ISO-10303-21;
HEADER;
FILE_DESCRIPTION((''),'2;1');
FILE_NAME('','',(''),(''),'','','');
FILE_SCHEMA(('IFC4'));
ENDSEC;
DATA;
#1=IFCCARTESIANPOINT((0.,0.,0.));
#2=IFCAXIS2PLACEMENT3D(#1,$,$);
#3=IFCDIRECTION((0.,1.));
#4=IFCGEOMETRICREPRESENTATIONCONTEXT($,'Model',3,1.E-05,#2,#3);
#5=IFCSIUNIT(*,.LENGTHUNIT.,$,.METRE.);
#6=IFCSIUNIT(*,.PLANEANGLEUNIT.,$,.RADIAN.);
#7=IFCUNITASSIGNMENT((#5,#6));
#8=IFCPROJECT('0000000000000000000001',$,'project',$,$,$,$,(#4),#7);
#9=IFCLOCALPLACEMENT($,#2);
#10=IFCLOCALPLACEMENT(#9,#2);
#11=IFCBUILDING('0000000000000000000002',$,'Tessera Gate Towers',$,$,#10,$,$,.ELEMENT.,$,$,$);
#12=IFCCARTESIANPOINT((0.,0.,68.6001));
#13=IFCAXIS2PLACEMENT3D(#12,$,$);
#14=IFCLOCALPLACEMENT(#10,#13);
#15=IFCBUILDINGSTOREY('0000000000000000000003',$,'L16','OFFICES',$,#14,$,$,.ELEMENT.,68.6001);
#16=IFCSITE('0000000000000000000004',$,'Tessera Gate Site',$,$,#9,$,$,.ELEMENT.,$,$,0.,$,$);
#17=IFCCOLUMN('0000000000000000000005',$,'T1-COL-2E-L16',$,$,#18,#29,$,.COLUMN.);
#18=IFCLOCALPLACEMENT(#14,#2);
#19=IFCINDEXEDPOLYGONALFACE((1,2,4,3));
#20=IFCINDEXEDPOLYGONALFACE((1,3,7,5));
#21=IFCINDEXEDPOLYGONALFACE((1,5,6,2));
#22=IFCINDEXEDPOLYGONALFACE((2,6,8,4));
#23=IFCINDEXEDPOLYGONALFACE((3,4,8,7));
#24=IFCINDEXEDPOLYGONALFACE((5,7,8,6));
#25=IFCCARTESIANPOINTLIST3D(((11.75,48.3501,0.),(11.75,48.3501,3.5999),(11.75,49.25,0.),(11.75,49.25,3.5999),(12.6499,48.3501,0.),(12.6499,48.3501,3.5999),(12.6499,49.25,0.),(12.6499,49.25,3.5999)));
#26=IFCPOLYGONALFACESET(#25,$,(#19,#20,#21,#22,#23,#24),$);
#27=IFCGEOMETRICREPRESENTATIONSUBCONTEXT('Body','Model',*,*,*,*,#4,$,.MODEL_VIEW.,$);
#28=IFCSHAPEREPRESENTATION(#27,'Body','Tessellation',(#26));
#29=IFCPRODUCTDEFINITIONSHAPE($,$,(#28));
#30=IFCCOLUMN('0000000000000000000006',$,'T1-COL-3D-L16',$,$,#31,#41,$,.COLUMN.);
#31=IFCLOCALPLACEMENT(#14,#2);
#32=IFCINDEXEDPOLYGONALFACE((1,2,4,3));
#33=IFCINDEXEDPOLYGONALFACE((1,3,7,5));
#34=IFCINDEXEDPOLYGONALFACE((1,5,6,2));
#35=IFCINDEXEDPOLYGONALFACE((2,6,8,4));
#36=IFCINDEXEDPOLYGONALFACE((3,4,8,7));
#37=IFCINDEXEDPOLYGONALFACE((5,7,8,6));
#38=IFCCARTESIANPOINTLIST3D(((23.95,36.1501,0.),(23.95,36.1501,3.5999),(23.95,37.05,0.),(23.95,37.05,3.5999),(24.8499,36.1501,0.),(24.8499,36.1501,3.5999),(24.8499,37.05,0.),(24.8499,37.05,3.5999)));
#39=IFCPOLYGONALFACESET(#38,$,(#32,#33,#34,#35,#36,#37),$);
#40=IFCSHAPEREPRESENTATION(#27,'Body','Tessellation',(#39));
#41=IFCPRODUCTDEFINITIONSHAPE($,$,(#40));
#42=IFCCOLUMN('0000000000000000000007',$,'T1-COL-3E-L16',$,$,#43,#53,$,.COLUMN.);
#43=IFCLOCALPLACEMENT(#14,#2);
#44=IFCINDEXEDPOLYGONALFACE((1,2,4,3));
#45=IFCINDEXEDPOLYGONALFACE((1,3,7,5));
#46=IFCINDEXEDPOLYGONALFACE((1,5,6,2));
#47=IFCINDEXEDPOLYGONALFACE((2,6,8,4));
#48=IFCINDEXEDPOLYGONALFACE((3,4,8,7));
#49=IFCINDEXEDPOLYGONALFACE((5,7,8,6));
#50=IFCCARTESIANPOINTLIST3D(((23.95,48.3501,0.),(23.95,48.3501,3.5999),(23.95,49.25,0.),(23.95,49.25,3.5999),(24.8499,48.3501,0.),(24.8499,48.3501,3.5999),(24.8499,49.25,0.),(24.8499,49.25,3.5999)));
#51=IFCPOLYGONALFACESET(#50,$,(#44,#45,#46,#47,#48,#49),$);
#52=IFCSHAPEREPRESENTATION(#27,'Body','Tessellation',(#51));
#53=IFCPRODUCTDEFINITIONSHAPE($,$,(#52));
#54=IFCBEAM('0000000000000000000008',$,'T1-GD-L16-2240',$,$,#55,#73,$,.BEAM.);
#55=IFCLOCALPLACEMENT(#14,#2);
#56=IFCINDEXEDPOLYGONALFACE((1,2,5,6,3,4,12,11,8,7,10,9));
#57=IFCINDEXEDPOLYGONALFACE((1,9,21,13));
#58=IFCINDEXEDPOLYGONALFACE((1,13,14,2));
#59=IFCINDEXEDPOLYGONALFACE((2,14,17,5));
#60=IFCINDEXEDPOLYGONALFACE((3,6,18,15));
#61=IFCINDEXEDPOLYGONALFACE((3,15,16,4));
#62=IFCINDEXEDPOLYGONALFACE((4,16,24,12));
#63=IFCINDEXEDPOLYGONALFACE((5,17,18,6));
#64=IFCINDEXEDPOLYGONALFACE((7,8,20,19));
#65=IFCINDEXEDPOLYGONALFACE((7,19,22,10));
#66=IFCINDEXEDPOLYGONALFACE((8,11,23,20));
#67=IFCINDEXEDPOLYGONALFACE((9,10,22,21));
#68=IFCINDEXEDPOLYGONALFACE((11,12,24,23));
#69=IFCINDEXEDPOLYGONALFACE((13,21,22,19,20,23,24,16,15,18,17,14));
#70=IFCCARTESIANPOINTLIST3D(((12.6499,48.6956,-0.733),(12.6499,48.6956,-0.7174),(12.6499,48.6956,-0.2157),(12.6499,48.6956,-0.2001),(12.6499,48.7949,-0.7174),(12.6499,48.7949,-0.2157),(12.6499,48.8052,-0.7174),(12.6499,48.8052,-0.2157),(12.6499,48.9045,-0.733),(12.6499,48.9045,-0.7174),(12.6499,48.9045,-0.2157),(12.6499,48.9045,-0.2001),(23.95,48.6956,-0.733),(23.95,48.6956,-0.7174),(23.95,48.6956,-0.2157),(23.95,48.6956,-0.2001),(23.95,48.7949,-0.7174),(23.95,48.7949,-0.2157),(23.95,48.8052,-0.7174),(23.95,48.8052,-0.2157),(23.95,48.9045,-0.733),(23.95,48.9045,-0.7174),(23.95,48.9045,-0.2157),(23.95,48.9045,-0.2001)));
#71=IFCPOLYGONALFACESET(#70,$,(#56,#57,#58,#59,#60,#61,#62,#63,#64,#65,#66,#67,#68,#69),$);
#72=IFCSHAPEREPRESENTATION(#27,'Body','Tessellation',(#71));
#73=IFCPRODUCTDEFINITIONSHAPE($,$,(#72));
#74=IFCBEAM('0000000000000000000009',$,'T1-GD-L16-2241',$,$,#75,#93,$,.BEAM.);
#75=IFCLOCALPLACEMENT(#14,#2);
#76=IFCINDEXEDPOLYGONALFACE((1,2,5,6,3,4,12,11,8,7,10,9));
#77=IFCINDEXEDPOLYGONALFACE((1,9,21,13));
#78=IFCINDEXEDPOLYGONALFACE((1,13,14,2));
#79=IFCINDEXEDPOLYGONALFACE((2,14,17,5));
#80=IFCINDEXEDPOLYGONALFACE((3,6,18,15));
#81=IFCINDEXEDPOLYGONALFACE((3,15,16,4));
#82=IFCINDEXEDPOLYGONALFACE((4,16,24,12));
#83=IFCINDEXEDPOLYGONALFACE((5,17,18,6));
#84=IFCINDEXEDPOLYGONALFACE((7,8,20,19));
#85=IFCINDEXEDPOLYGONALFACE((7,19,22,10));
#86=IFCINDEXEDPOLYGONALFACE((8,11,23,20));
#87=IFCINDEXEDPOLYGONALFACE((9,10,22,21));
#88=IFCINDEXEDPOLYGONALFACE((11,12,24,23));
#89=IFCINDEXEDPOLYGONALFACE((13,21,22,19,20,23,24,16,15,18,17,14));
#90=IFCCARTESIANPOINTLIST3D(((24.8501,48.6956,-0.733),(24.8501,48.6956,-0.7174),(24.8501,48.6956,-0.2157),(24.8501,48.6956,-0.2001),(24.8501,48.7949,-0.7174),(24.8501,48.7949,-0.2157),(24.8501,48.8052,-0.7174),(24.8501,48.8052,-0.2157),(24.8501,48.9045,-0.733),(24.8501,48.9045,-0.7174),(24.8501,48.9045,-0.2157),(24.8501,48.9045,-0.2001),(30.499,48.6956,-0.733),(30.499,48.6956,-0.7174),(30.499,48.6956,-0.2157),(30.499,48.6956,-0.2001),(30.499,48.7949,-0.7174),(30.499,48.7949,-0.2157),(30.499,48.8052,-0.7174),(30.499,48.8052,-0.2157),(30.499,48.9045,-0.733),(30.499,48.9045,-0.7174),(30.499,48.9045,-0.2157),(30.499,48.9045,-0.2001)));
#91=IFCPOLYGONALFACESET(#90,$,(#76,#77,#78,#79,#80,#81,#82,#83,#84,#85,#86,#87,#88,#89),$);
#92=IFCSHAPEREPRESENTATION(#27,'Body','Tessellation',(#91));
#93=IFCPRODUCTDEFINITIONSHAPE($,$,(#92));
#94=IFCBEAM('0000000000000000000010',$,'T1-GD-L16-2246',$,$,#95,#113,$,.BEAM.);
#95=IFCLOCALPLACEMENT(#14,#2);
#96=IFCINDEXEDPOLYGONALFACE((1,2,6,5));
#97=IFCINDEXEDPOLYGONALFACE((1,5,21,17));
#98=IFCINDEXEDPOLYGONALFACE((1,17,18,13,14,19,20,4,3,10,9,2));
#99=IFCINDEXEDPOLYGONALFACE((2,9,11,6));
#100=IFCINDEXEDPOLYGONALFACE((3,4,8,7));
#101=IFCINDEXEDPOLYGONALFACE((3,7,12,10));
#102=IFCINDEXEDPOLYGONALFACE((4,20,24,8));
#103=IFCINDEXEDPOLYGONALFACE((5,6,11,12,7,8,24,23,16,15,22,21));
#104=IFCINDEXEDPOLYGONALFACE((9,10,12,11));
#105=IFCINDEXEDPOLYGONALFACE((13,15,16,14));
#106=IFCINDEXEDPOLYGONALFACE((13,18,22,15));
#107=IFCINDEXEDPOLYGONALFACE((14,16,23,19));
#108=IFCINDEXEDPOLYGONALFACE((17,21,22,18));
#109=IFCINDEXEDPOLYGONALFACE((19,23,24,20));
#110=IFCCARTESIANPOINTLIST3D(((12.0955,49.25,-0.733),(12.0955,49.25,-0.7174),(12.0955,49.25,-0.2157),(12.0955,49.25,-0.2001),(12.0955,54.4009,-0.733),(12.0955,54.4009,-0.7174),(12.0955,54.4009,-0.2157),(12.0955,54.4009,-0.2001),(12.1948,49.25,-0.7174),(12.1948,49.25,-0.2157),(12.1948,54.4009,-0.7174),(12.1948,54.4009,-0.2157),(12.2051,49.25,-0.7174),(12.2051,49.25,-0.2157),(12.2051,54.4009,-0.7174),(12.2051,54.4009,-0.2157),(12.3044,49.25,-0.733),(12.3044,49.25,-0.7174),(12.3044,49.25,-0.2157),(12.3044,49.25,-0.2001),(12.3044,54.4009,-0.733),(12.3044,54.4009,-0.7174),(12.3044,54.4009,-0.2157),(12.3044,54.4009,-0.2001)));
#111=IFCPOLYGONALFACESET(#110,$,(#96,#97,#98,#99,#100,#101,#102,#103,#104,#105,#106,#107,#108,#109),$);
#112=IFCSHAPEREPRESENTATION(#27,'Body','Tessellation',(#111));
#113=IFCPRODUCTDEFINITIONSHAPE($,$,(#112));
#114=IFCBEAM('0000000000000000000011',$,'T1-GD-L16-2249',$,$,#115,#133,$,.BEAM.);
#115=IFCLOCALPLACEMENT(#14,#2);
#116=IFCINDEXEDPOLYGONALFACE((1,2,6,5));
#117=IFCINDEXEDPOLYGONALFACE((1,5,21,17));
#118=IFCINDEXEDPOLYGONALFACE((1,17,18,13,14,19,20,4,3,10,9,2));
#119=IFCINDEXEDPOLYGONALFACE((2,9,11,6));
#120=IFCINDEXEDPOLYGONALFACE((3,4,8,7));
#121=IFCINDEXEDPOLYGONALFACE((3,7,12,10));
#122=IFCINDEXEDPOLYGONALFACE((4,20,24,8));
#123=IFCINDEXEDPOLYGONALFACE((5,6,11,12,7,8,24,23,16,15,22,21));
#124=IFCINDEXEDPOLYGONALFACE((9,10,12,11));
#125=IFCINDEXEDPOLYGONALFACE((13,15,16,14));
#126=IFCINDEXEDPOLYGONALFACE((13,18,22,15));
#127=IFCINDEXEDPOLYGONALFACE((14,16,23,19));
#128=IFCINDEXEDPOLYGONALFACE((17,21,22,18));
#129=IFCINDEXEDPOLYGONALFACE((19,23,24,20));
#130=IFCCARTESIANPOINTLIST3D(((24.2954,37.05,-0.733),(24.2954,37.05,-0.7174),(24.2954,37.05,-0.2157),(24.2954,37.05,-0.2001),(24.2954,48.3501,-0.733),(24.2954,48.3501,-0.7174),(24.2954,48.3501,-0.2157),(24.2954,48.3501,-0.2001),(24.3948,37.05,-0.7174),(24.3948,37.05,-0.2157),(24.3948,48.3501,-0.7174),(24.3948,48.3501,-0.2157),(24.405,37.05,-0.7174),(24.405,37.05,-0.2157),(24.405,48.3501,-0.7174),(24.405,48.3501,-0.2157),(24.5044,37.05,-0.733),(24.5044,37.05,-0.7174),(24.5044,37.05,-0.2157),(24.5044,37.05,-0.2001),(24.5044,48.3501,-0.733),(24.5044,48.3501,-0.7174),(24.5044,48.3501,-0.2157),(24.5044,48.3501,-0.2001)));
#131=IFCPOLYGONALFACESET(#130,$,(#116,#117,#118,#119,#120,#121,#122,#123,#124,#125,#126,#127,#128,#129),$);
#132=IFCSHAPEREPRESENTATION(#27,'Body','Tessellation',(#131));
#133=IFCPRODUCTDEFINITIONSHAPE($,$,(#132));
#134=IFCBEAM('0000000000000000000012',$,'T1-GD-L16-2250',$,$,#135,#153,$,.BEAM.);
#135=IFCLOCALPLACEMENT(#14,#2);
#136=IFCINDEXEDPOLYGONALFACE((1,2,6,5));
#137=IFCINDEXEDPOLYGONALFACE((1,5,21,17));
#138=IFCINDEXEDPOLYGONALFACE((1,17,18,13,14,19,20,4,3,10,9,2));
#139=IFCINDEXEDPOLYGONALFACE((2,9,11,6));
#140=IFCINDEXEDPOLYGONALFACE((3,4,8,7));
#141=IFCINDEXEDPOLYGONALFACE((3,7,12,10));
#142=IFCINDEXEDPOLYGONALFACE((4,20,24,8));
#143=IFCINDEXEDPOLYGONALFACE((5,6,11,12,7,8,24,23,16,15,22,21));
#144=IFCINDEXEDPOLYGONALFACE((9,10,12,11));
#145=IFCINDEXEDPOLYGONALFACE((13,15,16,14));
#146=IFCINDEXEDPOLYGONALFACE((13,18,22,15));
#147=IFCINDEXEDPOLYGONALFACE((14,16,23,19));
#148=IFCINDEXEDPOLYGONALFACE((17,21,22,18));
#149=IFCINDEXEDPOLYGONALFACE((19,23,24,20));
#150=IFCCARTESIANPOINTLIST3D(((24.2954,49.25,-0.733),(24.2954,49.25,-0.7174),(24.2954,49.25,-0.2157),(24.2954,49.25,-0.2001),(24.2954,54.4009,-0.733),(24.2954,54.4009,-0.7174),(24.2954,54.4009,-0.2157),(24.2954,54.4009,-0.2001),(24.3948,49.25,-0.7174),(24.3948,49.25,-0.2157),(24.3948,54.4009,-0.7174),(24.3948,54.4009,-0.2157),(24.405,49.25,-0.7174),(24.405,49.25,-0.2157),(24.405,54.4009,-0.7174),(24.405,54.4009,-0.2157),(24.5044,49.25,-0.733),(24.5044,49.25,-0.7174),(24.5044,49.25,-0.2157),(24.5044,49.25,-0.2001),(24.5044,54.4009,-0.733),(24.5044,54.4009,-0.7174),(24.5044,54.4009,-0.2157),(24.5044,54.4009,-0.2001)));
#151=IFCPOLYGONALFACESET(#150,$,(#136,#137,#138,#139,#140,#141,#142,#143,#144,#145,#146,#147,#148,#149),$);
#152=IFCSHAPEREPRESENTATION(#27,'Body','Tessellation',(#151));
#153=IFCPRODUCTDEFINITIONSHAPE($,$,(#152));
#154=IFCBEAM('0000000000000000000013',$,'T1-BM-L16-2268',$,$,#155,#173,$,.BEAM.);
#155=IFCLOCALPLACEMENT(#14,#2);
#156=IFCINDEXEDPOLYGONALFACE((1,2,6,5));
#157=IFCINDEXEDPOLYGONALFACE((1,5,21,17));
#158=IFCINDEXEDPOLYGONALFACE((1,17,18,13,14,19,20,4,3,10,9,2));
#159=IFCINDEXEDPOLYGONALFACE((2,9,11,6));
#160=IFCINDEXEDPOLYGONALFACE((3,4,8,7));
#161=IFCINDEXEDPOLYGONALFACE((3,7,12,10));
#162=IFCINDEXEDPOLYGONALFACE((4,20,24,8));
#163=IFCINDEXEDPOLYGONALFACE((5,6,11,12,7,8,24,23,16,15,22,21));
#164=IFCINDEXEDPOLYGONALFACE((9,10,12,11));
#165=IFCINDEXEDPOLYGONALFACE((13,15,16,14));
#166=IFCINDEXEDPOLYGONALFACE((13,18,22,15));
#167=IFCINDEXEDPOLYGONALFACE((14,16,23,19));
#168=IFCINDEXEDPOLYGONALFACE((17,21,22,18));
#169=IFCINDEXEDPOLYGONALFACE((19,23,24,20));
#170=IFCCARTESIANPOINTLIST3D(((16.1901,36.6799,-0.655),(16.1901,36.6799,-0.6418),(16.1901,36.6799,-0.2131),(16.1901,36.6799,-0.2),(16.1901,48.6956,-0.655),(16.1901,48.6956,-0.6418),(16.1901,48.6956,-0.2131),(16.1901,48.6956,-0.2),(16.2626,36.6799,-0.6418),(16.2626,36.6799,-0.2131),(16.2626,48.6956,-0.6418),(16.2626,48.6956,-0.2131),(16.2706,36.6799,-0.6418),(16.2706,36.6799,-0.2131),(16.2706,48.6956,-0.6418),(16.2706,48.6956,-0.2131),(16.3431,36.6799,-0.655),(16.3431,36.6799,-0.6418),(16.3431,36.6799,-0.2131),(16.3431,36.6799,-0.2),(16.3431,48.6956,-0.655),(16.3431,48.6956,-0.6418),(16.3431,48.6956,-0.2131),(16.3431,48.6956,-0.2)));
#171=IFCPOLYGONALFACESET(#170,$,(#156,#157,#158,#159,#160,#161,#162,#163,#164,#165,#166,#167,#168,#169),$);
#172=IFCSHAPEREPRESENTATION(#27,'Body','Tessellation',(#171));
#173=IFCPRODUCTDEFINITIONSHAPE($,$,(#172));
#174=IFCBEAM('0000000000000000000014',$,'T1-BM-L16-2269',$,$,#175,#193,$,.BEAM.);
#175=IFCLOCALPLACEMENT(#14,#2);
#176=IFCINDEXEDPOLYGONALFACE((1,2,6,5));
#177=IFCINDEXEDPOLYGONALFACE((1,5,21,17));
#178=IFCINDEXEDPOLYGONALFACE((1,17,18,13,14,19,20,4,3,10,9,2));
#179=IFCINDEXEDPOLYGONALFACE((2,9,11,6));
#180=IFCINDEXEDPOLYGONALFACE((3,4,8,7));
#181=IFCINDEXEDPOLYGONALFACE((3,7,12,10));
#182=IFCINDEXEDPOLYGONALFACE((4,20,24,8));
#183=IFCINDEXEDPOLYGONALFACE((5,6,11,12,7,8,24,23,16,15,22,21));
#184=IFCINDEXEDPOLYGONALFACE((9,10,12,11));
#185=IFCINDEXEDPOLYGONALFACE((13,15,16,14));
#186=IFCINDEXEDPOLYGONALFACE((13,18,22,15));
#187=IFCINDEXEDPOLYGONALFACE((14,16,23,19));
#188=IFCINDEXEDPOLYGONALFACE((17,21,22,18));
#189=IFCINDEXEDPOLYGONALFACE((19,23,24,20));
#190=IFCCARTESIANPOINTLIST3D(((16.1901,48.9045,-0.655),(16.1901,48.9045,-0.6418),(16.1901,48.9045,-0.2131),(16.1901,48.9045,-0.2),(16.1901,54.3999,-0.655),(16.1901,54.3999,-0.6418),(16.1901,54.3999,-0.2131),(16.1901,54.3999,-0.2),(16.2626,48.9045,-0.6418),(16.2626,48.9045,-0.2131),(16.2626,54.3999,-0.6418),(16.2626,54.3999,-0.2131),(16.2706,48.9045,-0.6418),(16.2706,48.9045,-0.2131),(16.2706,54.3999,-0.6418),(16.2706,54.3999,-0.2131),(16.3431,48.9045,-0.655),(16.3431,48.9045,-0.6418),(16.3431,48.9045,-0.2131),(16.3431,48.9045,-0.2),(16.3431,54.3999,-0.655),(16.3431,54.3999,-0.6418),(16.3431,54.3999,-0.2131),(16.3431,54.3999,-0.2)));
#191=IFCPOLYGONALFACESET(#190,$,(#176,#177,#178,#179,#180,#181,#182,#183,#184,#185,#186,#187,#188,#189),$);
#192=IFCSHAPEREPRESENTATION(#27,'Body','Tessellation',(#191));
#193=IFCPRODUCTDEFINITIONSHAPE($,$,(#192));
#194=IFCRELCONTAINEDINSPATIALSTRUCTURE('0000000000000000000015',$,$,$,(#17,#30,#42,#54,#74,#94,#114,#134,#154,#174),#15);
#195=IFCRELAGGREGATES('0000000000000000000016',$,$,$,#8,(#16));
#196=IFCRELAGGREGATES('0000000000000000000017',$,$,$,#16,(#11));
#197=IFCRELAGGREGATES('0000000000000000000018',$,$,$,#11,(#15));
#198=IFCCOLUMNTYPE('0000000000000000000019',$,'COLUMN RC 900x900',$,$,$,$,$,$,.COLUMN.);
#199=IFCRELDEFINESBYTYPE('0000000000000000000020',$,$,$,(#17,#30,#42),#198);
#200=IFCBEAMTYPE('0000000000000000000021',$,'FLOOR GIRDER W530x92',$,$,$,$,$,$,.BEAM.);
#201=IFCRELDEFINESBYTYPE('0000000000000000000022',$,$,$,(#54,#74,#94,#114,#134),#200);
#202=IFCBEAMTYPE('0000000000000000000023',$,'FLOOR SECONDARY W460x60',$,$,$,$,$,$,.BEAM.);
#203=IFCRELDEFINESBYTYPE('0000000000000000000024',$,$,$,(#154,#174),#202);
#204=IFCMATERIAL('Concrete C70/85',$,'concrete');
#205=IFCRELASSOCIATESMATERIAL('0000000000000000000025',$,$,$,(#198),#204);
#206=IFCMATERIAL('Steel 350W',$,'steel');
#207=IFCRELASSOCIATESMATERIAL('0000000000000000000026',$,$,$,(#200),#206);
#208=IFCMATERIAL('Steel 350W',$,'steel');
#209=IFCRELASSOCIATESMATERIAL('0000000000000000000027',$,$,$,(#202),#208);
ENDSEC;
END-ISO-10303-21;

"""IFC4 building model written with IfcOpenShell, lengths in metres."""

from ifc_helpers import new_model, si_unit, direction, frame, origin, origin_2d, place, context, subcontext, project, spatial, rectangle, i_section, extrude, material, material_profile, profile_set, type_object, element, save


model = new_model("IFC4")

# Units and contexts
model_context = context("Model", 3, precision=1e-05, world=origin(), true_north=direction((0.0, 1.0)))
body_context = subcontext(model_context, "Body", "Model", "MODEL_VIEW")
ifc_project = project(units=[si_unit("LENGTHUNIT", "METRE"), si_unit("PLANEANGLEUNIT", "RADIAN")], contexts=[model_context])

# Site, building, storey
site_placement = place(None, origin())
site = spatial("IfcSite", under=ifc_project, at=site_placement, Name="Tessera Gate Site", CompositionType="ELEMENT", RefElevation=0.0)
building_placement = place(site_placement, origin())
building = spatial("IfcBuilding", under=site, at=building_placement, Name="Tessera Gate Towers", CompositionType="ELEMENT")
storey_placement = place(building_placement, frame((0.0, 0.0, 68.6001)))
storey = spatial("IfcBuildingStorey", under=building, at=storey_placement, Name="L16", Description="OFFICES", CompositionType="ELEMENT", Elevation=68.6001)

# Columns
ifc_material_1 = material(Name="Concrete C70/85", Category="concrete")
ifc_material_profile_1 = material_profile(ifc_material_1, rectangle(XDim=0.8999, YDim=0.8999, at=origin_2d()), Name="RC 900x900")
ifc_profile_set_1 = profile_set([ifc_material_profile_1], Name="Concrete C70/85")
column_type = type_object("IfcColumnType", Name="COLUMN RC 900x900", PredefinedType="COLUMN", material=ifc_profile_set_1)
for number, where, z_axis, x_axis, name in (
    (1, (12.2, 48.8, 0.0), (0.0, 0.0, 1.0), (1.0, 0.0, 0.0), "T1-COL-2E-L16"),
    (2, (24.3999, 36.6001, 0.0), (0.0, 0.0, 1.0), (1.0, 0.0, 0.0), "T1-COL-3D-L16"),
    (3, (24.3999, 48.8, 0.0), (0.0, 0.0, 1.0), (1.0, 0.0, 0.0), "T1-COL-3E-L16"),
):
    element("IfcColumn", number, at=place(storey_placement, frame(where, z_axis=z_axis, x_axis=x_axis)), inside=storey, type_object=column_type, Name=name, PredefinedType="COLUMN", context=body_context, shape_type="SweptSolid", body=[
        extrude(rectangle(XDim=0.8999, YDim=0.8999, at=origin_2d()), origin(), (0.0, 0.0, 1.0), 3.5999),
    ])

# Beams
ifc_material_2 = material(Name="Steel 350W", Category="steel")
ifc_material_profile_2 = material_profile(ifc_material_2, i_section(OverallWidth=0.209, OverallDepth=0.533, WebThickness=0.0103, FlangeThickness=0.0156, at=origin_2d()), Name="W530x92")
ifc_profile_set_2 = profile_set([ifc_material_profile_2], Name="Steel 350W")
beam_type_1 = type_object("IfcBeamType", Name="FLOOR GIRDER W530x92", PredefinedType="BEAM", material=ifc_profile_set_2)
beam_1_placement = place(storey_placement, frame((12.6499, 48.8, -0.4666), z_axis=(1.0, 0.0, 0.0), x_axis=(0.0, 1.0, 0.0)))
element("IfcBeam", 4, at=beam_1_placement, inside=storey, type_object=beam_type_1, Name="T1-GD-L16-2240", PredefinedType="BEAM", context=body_context, shape_type="SweptSolid", body=[
    extrude(i_section(OverallWidth=0.209, OverallDepth=0.533, WebThickness=0.0103, FlangeThickness=0.0156, at=origin_2d()), origin(), (0.0, 0.0, 1.0), 11.3),
])
beam_2_placement = place(storey_placement, frame((24.8501, 48.8, -0.4666), z_axis=(1.0, 0.0, 0.0), x_axis=(0.0, 1.0, 0.0)))
element("IfcBeam", 5, at=beam_2_placement, inside=storey, type_object=beam_type_1, Name="T1-GD-L16-2241", PredefinedType="BEAM", context=body_context, shape_type="SweptSolid", body=[
    extrude(i_section(OverallWidth=0.209, OverallDepth=0.533, WebThickness=0.0103, FlangeThickness=0.0156, at=origin_2d()), origin(), (0.0, 0.0, 1.0), 5.6489),
])
beam_3_placement = place(storey_placement, frame((12.2, 49.25, -0.4666), z_axis=(0.0, 1.0, 0.0), x_axis=(-1.0, 0.0, 0.0)))
element("IfcBeam", 6, at=beam_3_placement, inside=storey, type_object=beam_type_1, Name="T1-GD-L16-2246", PredefinedType="BEAM", context=body_context, shape_type="SweptSolid", body=[
    extrude(i_section(OverallWidth=0.209, OverallDepth=0.533, WebThickness=0.0103, FlangeThickness=0.0156, at=origin_2d()), origin(), (0.0, 0.0, 1.0), 5.1509),
])
beam_4_placement = place(storey_placement, frame((24.3999, 37.05, -0.4666), z_axis=(0.0, 1.0, 0.0), x_axis=(-1.0, 0.0, 0.0)))
element("IfcBeam", 7, at=beam_4_placement, inside=storey, type_object=beam_type_1, Name="T1-GD-L16-2249", PredefinedType="BEAM", context=body_context, shape_type="SweptSolid", body=[
    extrude(i_section(OverallWidth=0.209, OverallDepth=0.533, WebThickness=0.0103, FlangeThickness=0.0156, at=origin_2d()), origin(), (0.0, 0.0, 1.0), 11.3),
])
beam_5_placement = place(storey_placement, frame((24.3999, 49.25, -0.4666), z_axis=(0.0, 1.0, 0.0), x_axis=(-1.0, 0.0, 0.0)))
element("IfcBeam", 8, at=beam_5_placement, inside=storey, type_object=beam_type_1, Name="T1-GD-L16-2250", PredefinedType="BEAM", context=body_context, shape_type="SweptSolid", body=[
    extrude(i_section(OverallWidth=0.209, OverallDepth=0.533, WebThickness=0.0103, FlangeThickness=0.0156, at=origin_2d()), origin(), (0.0, 0.0, 1.0), 5.1509),
])
ifc_material_3 = material(Name="Steel 350W", Category="steel")
ifc_material_profile_3 = material_profile(ifc_material_3, i_section(OverallWidth=0.1531, OverallDepth=0.4551, WebThickness=0.0081, FlangeThickness=0.0132, at=origin_2d()), Name="W460x60")
ifc_profile_set_3 = profile_set([ifc_material_profile_3], Name="Steel 350W")
beam_type_2 = type_object("IfcBeamType", Name="FLOOR SECONDARY W460x60", PredefinedType="BEAM", material=ifc_profile_set_3)
beam_6_placement = place(storey_placement, frame((16.2666, 36.6799, -0.4275), z_axis=(0.0, 1.0, 0.0), x_axis=(-1.0, 0.0, 0.0)))
element("IfcBeam", 9, at=beam_6_placement, inside=storey, type_object=beam_type_2, Name="T1-BM-L16-2268", PredefinedType="BEAM", context=body_context, shape_type="SweptSolid", body=[
    extrude(i_section(OverallWidth=0.1531, OverallDepth=0.4551, WebThickness=0.0081, FlangeThickness=0.0132, at=origin_2d()), origin(), (0.0, 0.0, 1.0), 12.0156),
])
beam_7_placement = place(storey_placement, frame((16.2666, 48.9045, -0.4275), z_axis=(0.0, 1.0, 0.0), x_axis=(-1.0, 0.0, 0.0)))
element("IfcBeam", 10, at=beam_7_placement, inside=storey, type_object=beam_type_2, Name="T1-BM-L16-2269", PredefinedType="BEAM", context=body_context, shape_type="SweptSolid", body=[
    extrude(i_section(OverallWidth=0.1531, OverallDepth=0.4551, WebThickness=0.0081, FlangeThickness=0.0132, at=origin_2d()), origin(), (0.0, 0.0, 1.0), 5.4954),
])

save(model, "model.ifc")
